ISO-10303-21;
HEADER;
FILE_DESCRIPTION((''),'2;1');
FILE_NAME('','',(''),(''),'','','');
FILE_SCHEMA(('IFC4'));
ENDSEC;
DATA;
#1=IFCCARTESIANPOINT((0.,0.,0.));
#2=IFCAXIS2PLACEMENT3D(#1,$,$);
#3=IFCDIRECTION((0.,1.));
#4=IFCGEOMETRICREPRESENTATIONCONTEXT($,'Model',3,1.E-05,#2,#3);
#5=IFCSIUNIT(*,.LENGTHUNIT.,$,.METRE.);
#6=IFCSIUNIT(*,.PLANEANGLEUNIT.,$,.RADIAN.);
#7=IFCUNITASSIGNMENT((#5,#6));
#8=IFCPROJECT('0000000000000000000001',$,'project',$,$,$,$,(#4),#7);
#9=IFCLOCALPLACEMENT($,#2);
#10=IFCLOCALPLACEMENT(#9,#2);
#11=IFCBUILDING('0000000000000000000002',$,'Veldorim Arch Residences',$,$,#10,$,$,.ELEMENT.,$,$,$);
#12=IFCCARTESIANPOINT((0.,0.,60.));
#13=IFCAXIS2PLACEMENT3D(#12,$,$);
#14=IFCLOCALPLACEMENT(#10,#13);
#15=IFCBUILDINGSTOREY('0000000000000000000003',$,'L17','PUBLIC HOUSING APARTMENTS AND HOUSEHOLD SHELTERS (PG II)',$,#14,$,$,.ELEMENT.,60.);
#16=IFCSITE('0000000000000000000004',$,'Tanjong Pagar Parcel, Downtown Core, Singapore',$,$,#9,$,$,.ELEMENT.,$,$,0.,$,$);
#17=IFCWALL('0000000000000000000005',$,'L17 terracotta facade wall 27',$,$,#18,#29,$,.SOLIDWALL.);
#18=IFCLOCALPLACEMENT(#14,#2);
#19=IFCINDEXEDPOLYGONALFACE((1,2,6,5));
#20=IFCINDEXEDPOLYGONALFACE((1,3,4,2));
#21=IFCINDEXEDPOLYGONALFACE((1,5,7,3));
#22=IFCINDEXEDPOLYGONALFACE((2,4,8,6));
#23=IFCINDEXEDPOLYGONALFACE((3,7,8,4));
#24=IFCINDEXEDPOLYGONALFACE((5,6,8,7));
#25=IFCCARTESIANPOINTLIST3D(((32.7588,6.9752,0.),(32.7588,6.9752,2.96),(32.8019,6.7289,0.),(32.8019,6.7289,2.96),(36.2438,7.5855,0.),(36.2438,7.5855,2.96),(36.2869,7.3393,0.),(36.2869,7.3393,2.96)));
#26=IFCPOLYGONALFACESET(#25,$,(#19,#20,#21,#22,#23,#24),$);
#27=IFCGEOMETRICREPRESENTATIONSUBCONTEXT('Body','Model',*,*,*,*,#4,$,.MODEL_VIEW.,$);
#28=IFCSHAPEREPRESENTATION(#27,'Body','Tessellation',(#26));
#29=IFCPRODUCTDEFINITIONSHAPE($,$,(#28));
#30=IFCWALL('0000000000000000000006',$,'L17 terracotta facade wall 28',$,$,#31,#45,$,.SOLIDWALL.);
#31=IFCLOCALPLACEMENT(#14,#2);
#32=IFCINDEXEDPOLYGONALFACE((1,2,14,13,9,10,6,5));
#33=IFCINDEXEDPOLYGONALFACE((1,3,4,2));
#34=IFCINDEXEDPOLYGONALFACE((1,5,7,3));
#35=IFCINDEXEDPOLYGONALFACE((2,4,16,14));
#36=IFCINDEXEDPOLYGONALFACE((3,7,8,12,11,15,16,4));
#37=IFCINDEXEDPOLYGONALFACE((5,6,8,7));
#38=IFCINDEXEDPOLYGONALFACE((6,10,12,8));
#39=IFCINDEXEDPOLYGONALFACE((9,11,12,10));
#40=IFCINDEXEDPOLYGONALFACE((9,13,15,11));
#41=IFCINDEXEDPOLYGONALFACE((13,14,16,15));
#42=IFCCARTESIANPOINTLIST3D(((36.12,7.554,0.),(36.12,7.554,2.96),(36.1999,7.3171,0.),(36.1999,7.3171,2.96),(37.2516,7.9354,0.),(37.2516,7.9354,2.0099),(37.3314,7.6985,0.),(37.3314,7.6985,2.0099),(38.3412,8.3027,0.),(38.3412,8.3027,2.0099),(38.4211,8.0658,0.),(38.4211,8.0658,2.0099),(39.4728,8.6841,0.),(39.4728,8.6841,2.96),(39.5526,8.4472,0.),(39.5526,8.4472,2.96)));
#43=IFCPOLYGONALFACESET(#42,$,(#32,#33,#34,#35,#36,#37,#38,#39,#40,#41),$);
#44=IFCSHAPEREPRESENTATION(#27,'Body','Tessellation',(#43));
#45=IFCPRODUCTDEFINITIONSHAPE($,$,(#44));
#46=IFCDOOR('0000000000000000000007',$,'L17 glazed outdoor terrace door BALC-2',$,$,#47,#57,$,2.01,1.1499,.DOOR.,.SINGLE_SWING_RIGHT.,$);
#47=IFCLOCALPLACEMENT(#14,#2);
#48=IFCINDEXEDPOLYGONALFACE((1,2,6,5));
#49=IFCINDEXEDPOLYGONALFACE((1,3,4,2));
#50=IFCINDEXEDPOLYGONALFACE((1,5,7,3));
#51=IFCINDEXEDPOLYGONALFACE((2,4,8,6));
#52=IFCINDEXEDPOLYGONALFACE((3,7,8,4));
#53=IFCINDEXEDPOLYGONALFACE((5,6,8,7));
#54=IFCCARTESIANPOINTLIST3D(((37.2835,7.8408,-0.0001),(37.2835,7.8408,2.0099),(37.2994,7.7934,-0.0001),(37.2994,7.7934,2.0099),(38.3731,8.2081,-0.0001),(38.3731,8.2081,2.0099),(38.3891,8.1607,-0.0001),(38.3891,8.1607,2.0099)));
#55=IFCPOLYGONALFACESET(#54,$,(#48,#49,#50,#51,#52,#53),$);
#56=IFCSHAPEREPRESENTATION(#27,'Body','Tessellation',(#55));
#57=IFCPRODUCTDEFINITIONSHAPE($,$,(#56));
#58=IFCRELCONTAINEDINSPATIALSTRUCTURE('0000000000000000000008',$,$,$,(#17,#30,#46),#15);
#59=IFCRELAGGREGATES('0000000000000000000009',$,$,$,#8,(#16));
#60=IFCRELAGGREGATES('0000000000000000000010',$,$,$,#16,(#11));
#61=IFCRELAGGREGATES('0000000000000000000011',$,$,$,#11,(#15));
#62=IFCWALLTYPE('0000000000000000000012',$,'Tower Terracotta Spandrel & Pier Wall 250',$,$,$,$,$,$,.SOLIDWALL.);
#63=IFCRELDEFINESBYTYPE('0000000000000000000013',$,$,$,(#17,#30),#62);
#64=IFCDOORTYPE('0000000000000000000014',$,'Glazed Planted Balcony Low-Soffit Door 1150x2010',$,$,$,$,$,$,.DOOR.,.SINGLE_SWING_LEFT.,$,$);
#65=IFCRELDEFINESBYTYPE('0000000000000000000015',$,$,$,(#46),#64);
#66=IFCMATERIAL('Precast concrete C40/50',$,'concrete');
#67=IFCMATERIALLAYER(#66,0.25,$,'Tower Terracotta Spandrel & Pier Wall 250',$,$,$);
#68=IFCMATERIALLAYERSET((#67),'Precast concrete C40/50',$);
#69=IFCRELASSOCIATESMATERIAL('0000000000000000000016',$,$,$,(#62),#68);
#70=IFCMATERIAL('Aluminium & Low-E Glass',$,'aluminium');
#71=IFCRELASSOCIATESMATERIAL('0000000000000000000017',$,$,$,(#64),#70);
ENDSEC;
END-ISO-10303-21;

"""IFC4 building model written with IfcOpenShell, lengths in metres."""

from ifc_helpers import new_model, si_unit, direction, frame, frame_2d, origin, place, context, subcontext, project, spatial, rectangle, extrude, material, layer, layer_set, type_object, element, fill, save


model = new_model("IFC4")

# Units and contexts
model_context = context("Model", 3, precision=1e-05, world=origin(), true_north=direction((0.0, 1.0)))
body_context = subcontext(model_context, "Body", "Model", "MODEL_VIEW")
ifc_project = project(units=[si_unit("LENGTHUNIT", "METRE"), si_unit("PLANEANGLEUNIT", "RADIAN")], contexts=[model_context])

# Site, building, storey
site_placement = place(None, origin())
site = spatial("IfcSite", under=ifc_project, at=site_placement, Name="Tanjong Pagar Parcel, Downtown Core, Singapore", CompositionType="ELEMENT", RefElevation=0.0)
building_placement = place(site_placement, origin())
building = spatial("IfcBuilding", under=site, at=building_placement, Name="Veldorim Arch Residences", CompositionType="ELEMENT")
storey_placement = place(building_placement, frame((0.0, 0.0, 60.0)))
storey = spatial("IfcBuildingStorey", under=building, at=storey_placement, Name="L17", Description="PUBLIC HOUSING APARTMENTS AND HOUSEHOLD SHELTERS (PG II)", CompositionType="ELEMENT", Elevation=60.0)

# Shared definitions
ifc_material_1 = material(Name="Precast concrete C40/50", Category="concrete")
ifc_layer_1 = layer(ifc_material_1, 0.25, Name="Tower Terracotta Spandrel & Pier Wall 250")
ifc_layer_set_1 = layer_set([ifc_layer_1], Name="Precast concrete C40/50")
wall_type_1 = type_object("IfcWallType", Name="Tower Terracotta Spandrel & Pier Wall 250", PredefinedType="SOLIDWALL", material=ifc_layer_set_1)

# Wall
wall_1_placement = place(storey_placement, frame((36.2654, 7.4624, 0.0), z_axis=(0.0, 0.0, 1.0), x_axis=(-0.985008, -0.172506, 0.0)))
element("IfcWall", 1, at=wall_1_placement, inside=storey, type_object=wall_type_1, Name="L17 terracotta facade wall 27", PredefinedType="SOLIDWALL", context=body_context, shape_type="SweptSolid", body=[
    extrude(rectangle(XDim=3.5381, YDim=0.25, at=frame_2d((1.769, 0.0))), origin(), (0.0, 0.0, 1.0), 2.96),
])

# Wall, opening, door
wall_2_placement = place(storey_placement, frame((39.5127, 8.5657, 0.0), z_axis=(0.0, 0.0, 1.0), x_axis=(-0.947615, -0.319414, 0.0)))
wall_2 = element("IfcWall", 2, at=wall_2_placement, inside=storey, type_object=wall_type_1, Name="L17 terracotta facade wall 28", PredefinedType="SOLIDWALL", context=body_context, shape_type="SweptSolid", body=[
    extrude(rectangle(XDim=3.5381, YDim=0.25, at=frame_2d((1.769, 0.0))), origin(), (0.0, 0.0, 1.0), 2.96),
])
opening_1_placement = place(wall_2_placement, frame((1.1941, 0.0, 0.0)))
opening_1 = element("IfcOpeningElement", 3, at=opening_1_placement, cuts=wall_2, PredefinedType="OPENING", context=body_context, shape_type="SweptSolid", body=[
    extrude(rectangle(XDim=1.1499, YDim=2.01, at=frame_2d((0.575, 1.0049))), frame((0.0, 0.135, 0.0), z_axis=(0.0, -1.0, 0.0), x_axis=(1.0, 0.0, 0.0)), (0.0, 0.0, 1.0), 0.27),
])
ifc_material_2 = material(Name="Aluminium & Low-E Glass", Category="aluminium")
door_type_1 = type_object("IfcDoorType", Name="Glazed Planted Balcony Low-Soffit Door 1150x2010", OperationType="SINGLE_SWING_LEFT", PredefinedType="DOOR", material=ifc_material_2)
door_1_placement = place(opening_1_placement, origin())
door_1 = element("IfcDoor", 4, at=door_1_placement, inside=storey, type_object=door_type_1, Name="L17 glazed outdoor terrace door BALC-2", OperationType="SINGLE_SWING_RIGHT", OverallHeight=2.01, OverallWidth=1.1499, PredefinedType="DOOR", context=body_context, shape_type="SweptSolid", body=[
    extrude(rectangle(XDim=1.1499, YDim=2.01, at=frame_2d((0.575, 1.0049))), frame((0.0, 0.0249, 0.0), z_axis=(0.0, -1.0, 0.0), x_axis=(1.0, 0.0, 0.0)), (0.0, 0.0, 1.0), 0.05),
])
fill(opening_1, door_1)

save(model, "model.ifc")
